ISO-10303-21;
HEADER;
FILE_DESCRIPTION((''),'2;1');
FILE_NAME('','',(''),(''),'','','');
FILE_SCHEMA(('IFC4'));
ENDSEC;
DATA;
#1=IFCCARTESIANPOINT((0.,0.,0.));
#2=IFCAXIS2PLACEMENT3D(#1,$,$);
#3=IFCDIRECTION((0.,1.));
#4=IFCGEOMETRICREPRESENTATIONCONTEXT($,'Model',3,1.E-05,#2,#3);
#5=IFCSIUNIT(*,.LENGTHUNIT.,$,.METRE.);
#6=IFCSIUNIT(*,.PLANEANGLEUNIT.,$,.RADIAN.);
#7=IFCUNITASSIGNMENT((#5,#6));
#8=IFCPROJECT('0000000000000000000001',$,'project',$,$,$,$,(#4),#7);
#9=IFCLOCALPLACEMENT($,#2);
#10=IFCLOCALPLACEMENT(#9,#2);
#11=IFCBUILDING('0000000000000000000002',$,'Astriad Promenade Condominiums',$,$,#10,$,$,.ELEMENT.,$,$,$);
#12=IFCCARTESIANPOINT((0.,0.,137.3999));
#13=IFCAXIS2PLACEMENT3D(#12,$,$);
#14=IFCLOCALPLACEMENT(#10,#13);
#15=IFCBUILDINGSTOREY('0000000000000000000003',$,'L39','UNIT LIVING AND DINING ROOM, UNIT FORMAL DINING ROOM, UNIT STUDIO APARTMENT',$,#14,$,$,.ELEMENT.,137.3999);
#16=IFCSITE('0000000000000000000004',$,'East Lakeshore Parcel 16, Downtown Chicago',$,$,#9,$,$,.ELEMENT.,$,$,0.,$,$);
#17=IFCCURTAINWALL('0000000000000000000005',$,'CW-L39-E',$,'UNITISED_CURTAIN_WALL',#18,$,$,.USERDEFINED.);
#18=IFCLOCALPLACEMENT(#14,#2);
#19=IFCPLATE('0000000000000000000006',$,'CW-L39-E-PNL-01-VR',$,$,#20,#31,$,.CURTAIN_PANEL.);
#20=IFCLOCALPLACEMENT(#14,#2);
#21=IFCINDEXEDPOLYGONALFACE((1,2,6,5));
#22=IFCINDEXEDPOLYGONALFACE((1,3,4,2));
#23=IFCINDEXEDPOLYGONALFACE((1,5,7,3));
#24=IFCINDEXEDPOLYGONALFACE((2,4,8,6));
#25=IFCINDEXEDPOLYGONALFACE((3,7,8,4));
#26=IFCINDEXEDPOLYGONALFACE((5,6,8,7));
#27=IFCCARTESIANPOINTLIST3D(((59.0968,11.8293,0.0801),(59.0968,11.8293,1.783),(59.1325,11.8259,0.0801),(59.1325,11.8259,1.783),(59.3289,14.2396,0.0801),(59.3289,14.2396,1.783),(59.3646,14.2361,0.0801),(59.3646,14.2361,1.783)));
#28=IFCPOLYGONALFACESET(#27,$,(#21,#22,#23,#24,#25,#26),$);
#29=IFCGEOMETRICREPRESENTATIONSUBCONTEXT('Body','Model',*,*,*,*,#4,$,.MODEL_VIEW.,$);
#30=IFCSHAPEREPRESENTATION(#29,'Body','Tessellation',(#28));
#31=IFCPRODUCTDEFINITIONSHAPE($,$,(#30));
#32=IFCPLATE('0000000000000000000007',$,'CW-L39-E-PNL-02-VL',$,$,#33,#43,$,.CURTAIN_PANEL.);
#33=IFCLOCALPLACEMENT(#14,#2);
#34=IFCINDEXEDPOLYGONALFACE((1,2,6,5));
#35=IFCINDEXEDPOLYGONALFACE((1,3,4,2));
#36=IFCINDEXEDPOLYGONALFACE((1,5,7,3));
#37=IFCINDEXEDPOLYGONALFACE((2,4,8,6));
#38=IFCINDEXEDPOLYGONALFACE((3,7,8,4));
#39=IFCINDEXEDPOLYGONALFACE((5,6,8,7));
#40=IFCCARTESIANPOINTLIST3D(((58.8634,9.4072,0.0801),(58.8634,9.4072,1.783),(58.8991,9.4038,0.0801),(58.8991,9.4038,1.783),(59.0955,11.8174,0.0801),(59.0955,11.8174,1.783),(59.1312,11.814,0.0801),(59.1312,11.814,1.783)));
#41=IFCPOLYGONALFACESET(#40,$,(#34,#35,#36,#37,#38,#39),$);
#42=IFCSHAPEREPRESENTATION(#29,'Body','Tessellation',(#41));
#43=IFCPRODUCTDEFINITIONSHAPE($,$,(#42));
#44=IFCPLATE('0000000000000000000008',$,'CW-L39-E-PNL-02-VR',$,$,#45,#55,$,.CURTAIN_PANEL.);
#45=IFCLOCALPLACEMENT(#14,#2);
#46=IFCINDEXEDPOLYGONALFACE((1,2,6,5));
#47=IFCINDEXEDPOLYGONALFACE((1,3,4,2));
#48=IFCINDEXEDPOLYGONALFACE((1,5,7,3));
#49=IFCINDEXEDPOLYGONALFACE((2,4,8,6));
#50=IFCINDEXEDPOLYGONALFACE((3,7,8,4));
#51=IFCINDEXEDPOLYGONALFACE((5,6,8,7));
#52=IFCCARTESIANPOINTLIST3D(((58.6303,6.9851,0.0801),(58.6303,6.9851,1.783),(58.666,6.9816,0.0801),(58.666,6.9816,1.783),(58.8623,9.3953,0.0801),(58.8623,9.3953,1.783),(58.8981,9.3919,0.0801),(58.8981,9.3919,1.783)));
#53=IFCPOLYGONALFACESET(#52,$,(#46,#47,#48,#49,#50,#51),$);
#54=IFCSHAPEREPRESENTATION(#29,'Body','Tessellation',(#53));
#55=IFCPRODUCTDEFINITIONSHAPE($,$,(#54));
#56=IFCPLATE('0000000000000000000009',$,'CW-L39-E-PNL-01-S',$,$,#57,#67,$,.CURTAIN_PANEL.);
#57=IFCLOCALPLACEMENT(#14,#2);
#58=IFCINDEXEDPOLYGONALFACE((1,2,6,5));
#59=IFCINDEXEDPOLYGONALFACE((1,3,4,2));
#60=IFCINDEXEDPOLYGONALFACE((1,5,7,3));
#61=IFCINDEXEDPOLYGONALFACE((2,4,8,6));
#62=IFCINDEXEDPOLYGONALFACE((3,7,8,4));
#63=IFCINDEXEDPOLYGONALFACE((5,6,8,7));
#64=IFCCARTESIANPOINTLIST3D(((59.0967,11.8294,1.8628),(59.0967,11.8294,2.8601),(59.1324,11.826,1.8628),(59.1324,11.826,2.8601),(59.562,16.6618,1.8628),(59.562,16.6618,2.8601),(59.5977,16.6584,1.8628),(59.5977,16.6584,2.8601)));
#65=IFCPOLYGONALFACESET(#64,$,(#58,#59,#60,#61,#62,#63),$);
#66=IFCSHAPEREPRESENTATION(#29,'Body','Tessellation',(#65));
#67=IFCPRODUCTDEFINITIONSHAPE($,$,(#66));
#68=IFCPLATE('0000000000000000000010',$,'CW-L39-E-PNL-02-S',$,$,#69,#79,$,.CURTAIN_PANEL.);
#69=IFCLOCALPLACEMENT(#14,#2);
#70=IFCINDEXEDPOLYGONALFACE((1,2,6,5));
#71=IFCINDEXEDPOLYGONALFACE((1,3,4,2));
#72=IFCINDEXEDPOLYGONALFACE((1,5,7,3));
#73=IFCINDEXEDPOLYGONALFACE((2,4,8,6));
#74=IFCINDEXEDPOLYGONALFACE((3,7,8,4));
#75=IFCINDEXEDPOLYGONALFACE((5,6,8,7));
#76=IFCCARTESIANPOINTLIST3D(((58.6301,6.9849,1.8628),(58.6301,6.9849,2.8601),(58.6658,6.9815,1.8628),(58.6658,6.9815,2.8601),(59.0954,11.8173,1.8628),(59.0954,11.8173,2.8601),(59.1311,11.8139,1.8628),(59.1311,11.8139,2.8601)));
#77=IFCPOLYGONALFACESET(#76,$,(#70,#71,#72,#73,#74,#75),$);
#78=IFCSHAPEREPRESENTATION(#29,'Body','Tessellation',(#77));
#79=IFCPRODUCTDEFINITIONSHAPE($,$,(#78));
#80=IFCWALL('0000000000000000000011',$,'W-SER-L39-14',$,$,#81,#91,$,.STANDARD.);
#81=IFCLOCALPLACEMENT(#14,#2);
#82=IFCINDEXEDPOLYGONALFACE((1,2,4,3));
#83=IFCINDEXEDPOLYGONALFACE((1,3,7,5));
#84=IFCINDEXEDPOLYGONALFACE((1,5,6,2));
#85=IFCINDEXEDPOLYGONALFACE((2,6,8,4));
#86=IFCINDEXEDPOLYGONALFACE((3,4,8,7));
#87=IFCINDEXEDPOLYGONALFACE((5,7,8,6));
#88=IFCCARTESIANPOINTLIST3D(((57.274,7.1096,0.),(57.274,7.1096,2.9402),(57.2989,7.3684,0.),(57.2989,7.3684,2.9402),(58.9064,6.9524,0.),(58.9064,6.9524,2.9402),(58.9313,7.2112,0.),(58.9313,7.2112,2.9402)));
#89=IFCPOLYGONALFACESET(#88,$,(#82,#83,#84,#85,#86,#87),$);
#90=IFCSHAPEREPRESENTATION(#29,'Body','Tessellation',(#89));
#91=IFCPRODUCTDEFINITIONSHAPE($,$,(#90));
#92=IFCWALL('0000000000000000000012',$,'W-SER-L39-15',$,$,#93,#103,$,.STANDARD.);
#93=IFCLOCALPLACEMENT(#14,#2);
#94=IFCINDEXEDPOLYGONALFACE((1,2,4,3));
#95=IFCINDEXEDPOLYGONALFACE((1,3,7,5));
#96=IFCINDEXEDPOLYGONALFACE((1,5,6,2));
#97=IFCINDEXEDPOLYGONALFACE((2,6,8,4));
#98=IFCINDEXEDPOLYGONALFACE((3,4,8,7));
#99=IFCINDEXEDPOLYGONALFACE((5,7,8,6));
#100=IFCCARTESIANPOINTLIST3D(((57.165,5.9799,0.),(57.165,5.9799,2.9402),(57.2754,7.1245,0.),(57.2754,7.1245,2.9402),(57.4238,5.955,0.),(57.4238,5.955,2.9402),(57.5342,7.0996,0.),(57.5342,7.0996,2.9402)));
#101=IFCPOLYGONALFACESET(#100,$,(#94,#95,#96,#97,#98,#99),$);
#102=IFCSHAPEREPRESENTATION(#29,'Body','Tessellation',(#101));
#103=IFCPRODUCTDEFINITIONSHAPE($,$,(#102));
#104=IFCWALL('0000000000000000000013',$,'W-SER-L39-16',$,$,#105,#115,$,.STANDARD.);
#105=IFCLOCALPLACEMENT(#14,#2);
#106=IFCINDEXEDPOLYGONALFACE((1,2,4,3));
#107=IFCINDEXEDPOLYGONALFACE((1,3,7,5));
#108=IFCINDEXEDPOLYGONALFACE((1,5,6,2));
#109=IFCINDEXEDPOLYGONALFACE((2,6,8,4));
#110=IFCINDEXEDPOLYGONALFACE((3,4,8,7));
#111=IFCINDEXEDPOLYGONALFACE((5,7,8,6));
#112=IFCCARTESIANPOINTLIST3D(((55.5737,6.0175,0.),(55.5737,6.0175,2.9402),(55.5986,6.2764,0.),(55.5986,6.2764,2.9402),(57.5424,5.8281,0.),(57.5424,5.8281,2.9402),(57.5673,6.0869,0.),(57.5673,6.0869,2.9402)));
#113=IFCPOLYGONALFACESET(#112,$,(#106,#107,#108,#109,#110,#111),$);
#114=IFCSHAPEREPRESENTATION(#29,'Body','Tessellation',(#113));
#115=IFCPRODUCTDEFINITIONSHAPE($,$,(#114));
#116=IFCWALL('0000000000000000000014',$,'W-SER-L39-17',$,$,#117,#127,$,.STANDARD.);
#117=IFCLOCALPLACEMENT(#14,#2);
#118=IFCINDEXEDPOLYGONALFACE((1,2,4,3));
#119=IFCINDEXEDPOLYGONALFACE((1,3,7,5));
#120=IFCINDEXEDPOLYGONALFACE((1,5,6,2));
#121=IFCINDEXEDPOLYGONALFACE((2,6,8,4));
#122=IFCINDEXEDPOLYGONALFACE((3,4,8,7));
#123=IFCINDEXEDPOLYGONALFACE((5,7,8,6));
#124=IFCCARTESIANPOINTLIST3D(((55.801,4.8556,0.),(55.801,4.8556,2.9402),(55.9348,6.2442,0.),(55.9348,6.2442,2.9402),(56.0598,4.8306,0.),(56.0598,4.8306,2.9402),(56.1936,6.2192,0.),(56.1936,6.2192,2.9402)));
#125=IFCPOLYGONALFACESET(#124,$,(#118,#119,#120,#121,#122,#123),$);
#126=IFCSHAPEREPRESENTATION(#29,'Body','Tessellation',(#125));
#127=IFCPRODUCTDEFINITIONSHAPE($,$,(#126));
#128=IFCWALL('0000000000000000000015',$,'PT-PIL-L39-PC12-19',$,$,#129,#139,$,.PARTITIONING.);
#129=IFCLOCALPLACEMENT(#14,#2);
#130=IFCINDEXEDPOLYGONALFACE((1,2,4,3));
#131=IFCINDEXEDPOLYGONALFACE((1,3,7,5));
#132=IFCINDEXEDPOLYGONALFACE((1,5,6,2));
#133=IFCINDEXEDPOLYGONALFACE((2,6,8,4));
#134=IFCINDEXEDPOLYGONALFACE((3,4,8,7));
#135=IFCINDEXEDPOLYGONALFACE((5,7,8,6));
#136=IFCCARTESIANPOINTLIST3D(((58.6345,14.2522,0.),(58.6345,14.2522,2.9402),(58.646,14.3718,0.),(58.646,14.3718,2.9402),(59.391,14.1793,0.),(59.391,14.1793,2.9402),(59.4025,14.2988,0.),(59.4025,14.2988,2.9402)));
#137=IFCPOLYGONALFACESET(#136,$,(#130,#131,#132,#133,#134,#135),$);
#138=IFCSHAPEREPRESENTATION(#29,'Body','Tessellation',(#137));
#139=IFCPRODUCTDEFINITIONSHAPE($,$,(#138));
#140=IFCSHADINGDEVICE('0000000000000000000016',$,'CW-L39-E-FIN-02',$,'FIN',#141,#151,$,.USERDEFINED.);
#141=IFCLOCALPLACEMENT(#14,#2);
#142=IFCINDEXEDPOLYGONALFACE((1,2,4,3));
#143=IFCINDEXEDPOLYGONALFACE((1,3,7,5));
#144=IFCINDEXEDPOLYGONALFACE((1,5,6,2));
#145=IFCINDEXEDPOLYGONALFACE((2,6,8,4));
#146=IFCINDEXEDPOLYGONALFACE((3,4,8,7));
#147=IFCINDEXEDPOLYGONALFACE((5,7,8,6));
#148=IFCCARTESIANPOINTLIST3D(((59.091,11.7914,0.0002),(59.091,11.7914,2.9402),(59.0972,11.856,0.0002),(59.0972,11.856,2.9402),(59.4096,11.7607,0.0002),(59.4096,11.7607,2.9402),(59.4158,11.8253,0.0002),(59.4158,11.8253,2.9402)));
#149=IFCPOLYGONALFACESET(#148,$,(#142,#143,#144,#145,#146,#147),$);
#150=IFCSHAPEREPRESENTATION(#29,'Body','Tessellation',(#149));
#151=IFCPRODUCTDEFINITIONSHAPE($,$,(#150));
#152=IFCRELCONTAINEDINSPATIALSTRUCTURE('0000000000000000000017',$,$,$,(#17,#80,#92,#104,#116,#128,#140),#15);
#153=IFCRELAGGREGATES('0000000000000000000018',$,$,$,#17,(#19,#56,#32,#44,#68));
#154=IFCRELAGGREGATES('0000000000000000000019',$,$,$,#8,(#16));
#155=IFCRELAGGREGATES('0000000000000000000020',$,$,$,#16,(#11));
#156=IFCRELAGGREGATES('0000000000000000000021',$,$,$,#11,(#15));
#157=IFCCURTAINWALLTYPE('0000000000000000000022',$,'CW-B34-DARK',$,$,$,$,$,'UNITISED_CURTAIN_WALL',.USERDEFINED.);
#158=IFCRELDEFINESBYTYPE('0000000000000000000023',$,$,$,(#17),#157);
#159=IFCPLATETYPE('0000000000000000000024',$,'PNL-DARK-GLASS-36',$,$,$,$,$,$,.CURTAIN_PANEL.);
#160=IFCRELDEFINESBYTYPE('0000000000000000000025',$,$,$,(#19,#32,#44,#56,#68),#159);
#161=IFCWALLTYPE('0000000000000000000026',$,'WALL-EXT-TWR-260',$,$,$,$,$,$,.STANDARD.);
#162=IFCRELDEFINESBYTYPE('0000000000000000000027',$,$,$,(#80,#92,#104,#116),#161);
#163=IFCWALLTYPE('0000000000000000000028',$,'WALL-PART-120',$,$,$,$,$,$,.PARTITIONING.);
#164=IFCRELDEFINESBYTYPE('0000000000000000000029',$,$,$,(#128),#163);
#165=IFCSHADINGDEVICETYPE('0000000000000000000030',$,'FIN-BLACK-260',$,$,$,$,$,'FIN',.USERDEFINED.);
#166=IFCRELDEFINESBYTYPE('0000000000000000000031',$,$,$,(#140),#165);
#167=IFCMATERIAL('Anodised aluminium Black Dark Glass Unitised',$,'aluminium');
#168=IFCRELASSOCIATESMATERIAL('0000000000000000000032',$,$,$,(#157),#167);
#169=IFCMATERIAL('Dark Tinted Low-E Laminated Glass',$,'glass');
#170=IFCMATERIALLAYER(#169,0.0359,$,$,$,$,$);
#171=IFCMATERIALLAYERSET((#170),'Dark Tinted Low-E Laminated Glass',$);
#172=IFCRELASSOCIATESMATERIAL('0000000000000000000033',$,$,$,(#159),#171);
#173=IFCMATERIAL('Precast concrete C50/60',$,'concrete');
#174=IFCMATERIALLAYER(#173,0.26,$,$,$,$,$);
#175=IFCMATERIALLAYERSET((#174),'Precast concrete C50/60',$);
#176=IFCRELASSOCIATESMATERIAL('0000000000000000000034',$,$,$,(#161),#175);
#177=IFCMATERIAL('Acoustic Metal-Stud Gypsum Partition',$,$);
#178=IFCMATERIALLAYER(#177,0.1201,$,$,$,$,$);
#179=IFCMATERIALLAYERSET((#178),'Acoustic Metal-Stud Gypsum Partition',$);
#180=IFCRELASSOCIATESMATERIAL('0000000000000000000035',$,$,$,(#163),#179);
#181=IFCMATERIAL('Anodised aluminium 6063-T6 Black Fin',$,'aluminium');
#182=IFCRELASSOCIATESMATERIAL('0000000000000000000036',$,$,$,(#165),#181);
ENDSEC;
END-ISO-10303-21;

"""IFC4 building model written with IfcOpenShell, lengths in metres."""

from ifc_helpers import new_model, si_unit, direction, frame, frame_2d, origin, origin_2d, place, context, subcontext, project, spatial, rectangle, extrude, source, transform, mapped, material, layer, layer_set, type_object, type_shapes, element, aggregate, save


model = new_model("IFC4")

# Units and contexts
model_context = context("Model", 3, precision=1e-05, world=origin(), true_north=direction((0.0, 1.0)))
body_context = subcontext(model_context, "Body", "Model", "MODEL_VIEW")
ifc_project = project(units=[si_unit("LENGTHUNIT", "METRE"), si_unit("PLANEANGLEUNIT", "RADIAN")], contexts=[model_context])

# Site, building, storey
site_placement = place(None, origin())
site = spatial("IfcSite", under=ifc_project, at=site_placement, Name="East Lakeshore Parcel 16, Downtown Chicago", CompositionType="ELEMENT", RefElevation=0.0)
building_placement = place(site_placement, origin())
building = spatial("IfcBuilding", under=site, at=building_placement, Name="Astriad Promenade Condominiums", CompositionType="ELEMENT")
storey_placement = place(building_placement, frame((0.0, 0.0, 137.3999)))
storey = spatial("IfcBuildingStorey", under=building, at=storey_placement, Name="L39", Description="UNIT LIVING AND DINING ROOM, UNIT FORMAL DINING ROOM, UNIT STUDIO APARTMENT", CompositionType="ELEMENT", Elevation=137.3999)

# Curtain wall, plates
ifc_material_1 = material(Name="Anodised aluminium Black Dark Glass Unitised", Category="aluminium")
curtain_wall_type = type_object("IfcCurtainWallType", Name="CW-B34-DARK", ElementType="UNITISED_CURTAIN_WALL", PredefinedType="USERDEFINED", material=ifc_material_1)
curtain_wall_placement = place(storey_placement, origin())
curtain_wall = element("IfcCurtainWall", 1, at=curtain_wall_placement, inside=storey, type_object=curtain_wall_type, Name="CW-L39-E", ObjectType="UNITISED_CURTAIN_WALL", PredefinedType="USERDEFINED")
ifc_material_2 = material(Name="Dark Tinted Low-E Laminated Glass", Category="glass")
ifc_layer_1 = layer(ifc_material_2, 0.0359)
ifc_layer_set_1 = layer_set([ifc_layer_1], Name="Dark Tinted Low-E Laminated Glass")
plate_type = type_object("IfcPlateType", Name="PNL-DARK-GLASS-36", PredefinedType="CURTAIN_PANEL", material=ifc_layer_set_1)
shared_shape_1 = source(origin(), body_context, "Body", "SweptSolid", [
    extrude(rectangle(XDim=2.4214, YDim=0.0359, at=origin_2d()), origin(), (0.0, 0.0, 1.0), 1.7029),
])
plate_1_placement = place(storey_placement, frame((59.2307, 13.0327, 0.0801), z_axis=(0.0, 0.0, 1.0), x_axis=(-0.095846, -0.995396, 0.0)))
plate_1 = element("IfcPlate", 2, at=plate_1_placement, type_object=plate_type, Name="CW-L39-E-PNL-01-VR", PredefinedType="CURTAIN_PANEL", context=body_context, shape_type="MappedRepresentation", body=[
    mapped(shared_shape_1, transform((0.0, 0.0, 0.0), scale=1.0)),
])
plate_2_placement = place(storey_placement, frame((58.9973, 10.6106, 0.0801), z_axis=(0.0, 0.0, 1.0), x_axis=(-0.095846, -0.995396, 0.0)))
plate_2 = element("IfcPlate", 3, at=plate_2_placement, type_object=plate_type, Name="CW-L39-E-PNL-02-VL", PredefinedType="CURTAIN_PANEL", context=body_context, shape_type="MappedRepresentation", body=[
    mapped(shared_shape_1, transform((0.0, 0.0, 0.0), scale=1.0)),
])
plate_3_placement = place(storey_placement, frame((58.7642, 8.1885, 0.0801), z_axis=(0.0, 0.0, 1.0), x_axis=(-0.095846, -0.995396, 0.0)))
plate_3 = element("IfcPlate", 4, at=plate_3_placement, type_object=plate_type, Name="CW-L39-E-PNL-02-VR", PredefinedType="CURTAIN_PANEL", context=body_context, shape_type="MappedRepresentation", body=[
    mapped(shared_shape_1, transform((0.0, 0.0, 0.0), scale=1.0)),
])
shared_shape_2 = source(origin(), body_context, "Body", "SweptSolid", [
    extrude(rectangle(XDim=4.8547, YDim=0.0359, at=origin_2d()), origin(), (0.0, 0.0, 1.0), 0.9973),
])
type_shapes(plate_type, [shared_shape_1, shared_shape_2])
plate_4_placement = place(storey_placement, frame((59.3472, 14.2439, 1.8628), z_axis=(0.0, 0.0, 1.0), x_axis=(-0.095846, -0.995396, 0.0)))
plate_4 = element("IfcPlate", 5, at=plate_4_placement, type_object=plate_type, Name="CW-L39-E-PNL-01-S", PredefinedType="CURTAIN_PANEL", context=body_context, shape_type="MappedRepresentation", body=[
    mapped(shared_shape_2, transform((0.0, 0.0, 0.0), scale=1.0)),
])
plate_5_placement = place(storey_placement, frame((58.8806, 9.3994, 1.8628), z_axis=(0.0, 0.0, 1.0), x_axis=(-0.095846, -0.995396, 0.0)))
plate_5 = element("IfcPlate", 6, at=plate_5_placement, type_object=plate_type, Name="CW-L39-E-PNL-02-S", PredefinedType="CURTAIN_PANEL", context=body_context, shape_type="MappedRepresentation", body=[
    mapped(shared_shape_2, transform((0.0, 0.0, 0.0), scale=1.0)),
])
aggregate(curtain_wall, [plate_1, plate_4, plate_2, plate_3, plate_5])

# Walls
ifc_material_3 = material(Name="Precast concrete C50/60", Category="concrete")
ifc_layer_2 = layer(ifc_material_3, 0.26)
ifc_layer_set_2 = layer_set([ifc_layer_2], Name="Precast concrete C50/60")
wall_type_1 = type_object("IfcWallType", Name="WALL-EXT-TWR-260", PredefinedType="STANDARD", material=ifc_layer_set_2)
wall_1_placement = place(storey_placement, frame((58.9187, 7.0818, 0.0), z_axis=(0.0, 0.0, 1.0), x_axis=(-0.995393, 0.095877, 0.0)))
element("IfcWall", 7, at=wall_1_placement, inside=storey, type_object=wall_type_1, Name="W-SER-L39-14", PredefinedType="STANDARD", context=body_context, shape_type="SweptSolid", body=[
    extrude(rectangle(XDim=1.6399, YDim=0.26, at=frame_2d((0.8198, 0.0))), origin(), (0.0, 0.0, 1.0), 2.9402),
])
wall_2_placement = place(storey_placement, frame((57.4048, 7.1121, 0.0), z_axis=(0.0, 0.0, 1.0), x_axis=(-0.095971, -0.995384, 0.0)))
element("IfcWall", 8, at=wall_2_placement, inside=storey, type_object=wall_type_1, Name="W-SER-L39-15", PredefinedType="STANDARD", context=body_context, shape_type="SweptSolid", body=[
    extrude(rectangle(XDim=1.1499, YDim=0.26, at=frame_2d((0.575, 0.0))), origin(), (0.0, 0.0, 1.0), 2.9402),
])
wall_3_placement = place(storey_placement, frame((57.5547, 5.9575, 0.0), z_axis=(0.0, 0.0, 1.0), x_axis=(-0.995402, 0.095788, 0.0)))
element("IfcWall", 9, at=wall_3_placement, inside=storey, type_object=wall_type_1, Name="W-SER-L39-16", PredefinedType="STANDARD", context=body_context, shape_type="SweptSolid", body=[
    extrude(rectangle(XDim=1.9778, YDim=0.26, at=frame_2d((0.9888, 0.0))), origin(), (0.0, 0.0, 1.0), 2.9402),
])
wall_4_placement = place(storey_placement, frame((56.0642, 6.2317, 0.0), z_axis=(0.0, 0.0, 1.0), x_axis=(-0.095899, -0.995391, 0.0)))
element("IfcWall", 10, at=wall_4_placement, inside=storey, type_object=wall_type_1, Name="W-SER-L39-17", PredefinedType="STANDARD", context=body_context, shape_type="SweptSolid", body=[
    extrude(rectangle(XDim=1.395, YDim=0.26, at=frame_2d((0.6975, 0.0))), origin(), (0.0, 0.0, 1.0), 2.9402),
])
ifc_material_4 = material(Name="Acoustic Metal-Stud Gypsum Partition")
ifc_layer_3 = layer(ifc_material_4, 0.1201)
ifc_layer_set_3 = layer_set([ifc_layer_3], Name="Acoustic Metal-Stud Gypsum Partition")
wall_type_2 = type_object("IfcWallType", Name="WALL-PART-120", PredefinedType="PARTITIONING", material=ifc_layer_set_3)
wall_5_placement = place(storey_placement, frame((58.6404, 14.312, 0.0), z_axis=(0.0, 0.0, 1.0), x_axis=(0.995378, -0.096037, 0.0)))
element("IfcWall", 11, at=wall_5_placement, inside=storey, type_object=wall_type_2, Name="PT-PIL-L39-PC12-19", PredefinedType="PARTITIONING", context=body_context, shape_type="SweptSolid", body=[
    extrude(rectangle(XDim=0.76, YDim=0.1201, at=frame_2d((0.3799, 0.0))), origin(), (0.0, 0.0, 1.0), 2.9402),
])

# Shading device
ifc_material_5 = material(Name="Anodised aluminium 6063-T6 Black Fin", Category="aluminium")
shading_device_type = type_object("IfcShadingDeviceType", Name="FIN-BLACK-260", ElementType="FIN", PredefinedType="USERDEFINED", material=ifc_material_5)
shared_shape_3 = source(origin(), body_context, "Body", "SweptSolid", [
    extrude(rectangle(XDim=0.0649, YDim=0.3201, at=origin_2d()), origin(), (0.0, 0.0, 1.0), 2.9399),
])
type_shapes(shading_device_type, [shared_shape_3])
shading_device_placement = place(storey_placement, frame((59.2534, 11.8083, 0.0002), z_axis=(0.0, 0.0, 1.0), x_axis=(-0.095846, -0.995396, 0.0)))
element("IfcShadingDevice", 12, at=shading_device_placement, inside=storey, type_object=shading_device_type, Name="CW-L39-E-FIN-02", ObjectType="FIN", PredefinedType="USERDEFINED", context=body_context, shape_type="MappedRepresentation", body=[
    mapped(shared_shape_3, transform((0.0, 0.0, 0.0), scale=1.0)),
])

save(model, "model.ifc")
